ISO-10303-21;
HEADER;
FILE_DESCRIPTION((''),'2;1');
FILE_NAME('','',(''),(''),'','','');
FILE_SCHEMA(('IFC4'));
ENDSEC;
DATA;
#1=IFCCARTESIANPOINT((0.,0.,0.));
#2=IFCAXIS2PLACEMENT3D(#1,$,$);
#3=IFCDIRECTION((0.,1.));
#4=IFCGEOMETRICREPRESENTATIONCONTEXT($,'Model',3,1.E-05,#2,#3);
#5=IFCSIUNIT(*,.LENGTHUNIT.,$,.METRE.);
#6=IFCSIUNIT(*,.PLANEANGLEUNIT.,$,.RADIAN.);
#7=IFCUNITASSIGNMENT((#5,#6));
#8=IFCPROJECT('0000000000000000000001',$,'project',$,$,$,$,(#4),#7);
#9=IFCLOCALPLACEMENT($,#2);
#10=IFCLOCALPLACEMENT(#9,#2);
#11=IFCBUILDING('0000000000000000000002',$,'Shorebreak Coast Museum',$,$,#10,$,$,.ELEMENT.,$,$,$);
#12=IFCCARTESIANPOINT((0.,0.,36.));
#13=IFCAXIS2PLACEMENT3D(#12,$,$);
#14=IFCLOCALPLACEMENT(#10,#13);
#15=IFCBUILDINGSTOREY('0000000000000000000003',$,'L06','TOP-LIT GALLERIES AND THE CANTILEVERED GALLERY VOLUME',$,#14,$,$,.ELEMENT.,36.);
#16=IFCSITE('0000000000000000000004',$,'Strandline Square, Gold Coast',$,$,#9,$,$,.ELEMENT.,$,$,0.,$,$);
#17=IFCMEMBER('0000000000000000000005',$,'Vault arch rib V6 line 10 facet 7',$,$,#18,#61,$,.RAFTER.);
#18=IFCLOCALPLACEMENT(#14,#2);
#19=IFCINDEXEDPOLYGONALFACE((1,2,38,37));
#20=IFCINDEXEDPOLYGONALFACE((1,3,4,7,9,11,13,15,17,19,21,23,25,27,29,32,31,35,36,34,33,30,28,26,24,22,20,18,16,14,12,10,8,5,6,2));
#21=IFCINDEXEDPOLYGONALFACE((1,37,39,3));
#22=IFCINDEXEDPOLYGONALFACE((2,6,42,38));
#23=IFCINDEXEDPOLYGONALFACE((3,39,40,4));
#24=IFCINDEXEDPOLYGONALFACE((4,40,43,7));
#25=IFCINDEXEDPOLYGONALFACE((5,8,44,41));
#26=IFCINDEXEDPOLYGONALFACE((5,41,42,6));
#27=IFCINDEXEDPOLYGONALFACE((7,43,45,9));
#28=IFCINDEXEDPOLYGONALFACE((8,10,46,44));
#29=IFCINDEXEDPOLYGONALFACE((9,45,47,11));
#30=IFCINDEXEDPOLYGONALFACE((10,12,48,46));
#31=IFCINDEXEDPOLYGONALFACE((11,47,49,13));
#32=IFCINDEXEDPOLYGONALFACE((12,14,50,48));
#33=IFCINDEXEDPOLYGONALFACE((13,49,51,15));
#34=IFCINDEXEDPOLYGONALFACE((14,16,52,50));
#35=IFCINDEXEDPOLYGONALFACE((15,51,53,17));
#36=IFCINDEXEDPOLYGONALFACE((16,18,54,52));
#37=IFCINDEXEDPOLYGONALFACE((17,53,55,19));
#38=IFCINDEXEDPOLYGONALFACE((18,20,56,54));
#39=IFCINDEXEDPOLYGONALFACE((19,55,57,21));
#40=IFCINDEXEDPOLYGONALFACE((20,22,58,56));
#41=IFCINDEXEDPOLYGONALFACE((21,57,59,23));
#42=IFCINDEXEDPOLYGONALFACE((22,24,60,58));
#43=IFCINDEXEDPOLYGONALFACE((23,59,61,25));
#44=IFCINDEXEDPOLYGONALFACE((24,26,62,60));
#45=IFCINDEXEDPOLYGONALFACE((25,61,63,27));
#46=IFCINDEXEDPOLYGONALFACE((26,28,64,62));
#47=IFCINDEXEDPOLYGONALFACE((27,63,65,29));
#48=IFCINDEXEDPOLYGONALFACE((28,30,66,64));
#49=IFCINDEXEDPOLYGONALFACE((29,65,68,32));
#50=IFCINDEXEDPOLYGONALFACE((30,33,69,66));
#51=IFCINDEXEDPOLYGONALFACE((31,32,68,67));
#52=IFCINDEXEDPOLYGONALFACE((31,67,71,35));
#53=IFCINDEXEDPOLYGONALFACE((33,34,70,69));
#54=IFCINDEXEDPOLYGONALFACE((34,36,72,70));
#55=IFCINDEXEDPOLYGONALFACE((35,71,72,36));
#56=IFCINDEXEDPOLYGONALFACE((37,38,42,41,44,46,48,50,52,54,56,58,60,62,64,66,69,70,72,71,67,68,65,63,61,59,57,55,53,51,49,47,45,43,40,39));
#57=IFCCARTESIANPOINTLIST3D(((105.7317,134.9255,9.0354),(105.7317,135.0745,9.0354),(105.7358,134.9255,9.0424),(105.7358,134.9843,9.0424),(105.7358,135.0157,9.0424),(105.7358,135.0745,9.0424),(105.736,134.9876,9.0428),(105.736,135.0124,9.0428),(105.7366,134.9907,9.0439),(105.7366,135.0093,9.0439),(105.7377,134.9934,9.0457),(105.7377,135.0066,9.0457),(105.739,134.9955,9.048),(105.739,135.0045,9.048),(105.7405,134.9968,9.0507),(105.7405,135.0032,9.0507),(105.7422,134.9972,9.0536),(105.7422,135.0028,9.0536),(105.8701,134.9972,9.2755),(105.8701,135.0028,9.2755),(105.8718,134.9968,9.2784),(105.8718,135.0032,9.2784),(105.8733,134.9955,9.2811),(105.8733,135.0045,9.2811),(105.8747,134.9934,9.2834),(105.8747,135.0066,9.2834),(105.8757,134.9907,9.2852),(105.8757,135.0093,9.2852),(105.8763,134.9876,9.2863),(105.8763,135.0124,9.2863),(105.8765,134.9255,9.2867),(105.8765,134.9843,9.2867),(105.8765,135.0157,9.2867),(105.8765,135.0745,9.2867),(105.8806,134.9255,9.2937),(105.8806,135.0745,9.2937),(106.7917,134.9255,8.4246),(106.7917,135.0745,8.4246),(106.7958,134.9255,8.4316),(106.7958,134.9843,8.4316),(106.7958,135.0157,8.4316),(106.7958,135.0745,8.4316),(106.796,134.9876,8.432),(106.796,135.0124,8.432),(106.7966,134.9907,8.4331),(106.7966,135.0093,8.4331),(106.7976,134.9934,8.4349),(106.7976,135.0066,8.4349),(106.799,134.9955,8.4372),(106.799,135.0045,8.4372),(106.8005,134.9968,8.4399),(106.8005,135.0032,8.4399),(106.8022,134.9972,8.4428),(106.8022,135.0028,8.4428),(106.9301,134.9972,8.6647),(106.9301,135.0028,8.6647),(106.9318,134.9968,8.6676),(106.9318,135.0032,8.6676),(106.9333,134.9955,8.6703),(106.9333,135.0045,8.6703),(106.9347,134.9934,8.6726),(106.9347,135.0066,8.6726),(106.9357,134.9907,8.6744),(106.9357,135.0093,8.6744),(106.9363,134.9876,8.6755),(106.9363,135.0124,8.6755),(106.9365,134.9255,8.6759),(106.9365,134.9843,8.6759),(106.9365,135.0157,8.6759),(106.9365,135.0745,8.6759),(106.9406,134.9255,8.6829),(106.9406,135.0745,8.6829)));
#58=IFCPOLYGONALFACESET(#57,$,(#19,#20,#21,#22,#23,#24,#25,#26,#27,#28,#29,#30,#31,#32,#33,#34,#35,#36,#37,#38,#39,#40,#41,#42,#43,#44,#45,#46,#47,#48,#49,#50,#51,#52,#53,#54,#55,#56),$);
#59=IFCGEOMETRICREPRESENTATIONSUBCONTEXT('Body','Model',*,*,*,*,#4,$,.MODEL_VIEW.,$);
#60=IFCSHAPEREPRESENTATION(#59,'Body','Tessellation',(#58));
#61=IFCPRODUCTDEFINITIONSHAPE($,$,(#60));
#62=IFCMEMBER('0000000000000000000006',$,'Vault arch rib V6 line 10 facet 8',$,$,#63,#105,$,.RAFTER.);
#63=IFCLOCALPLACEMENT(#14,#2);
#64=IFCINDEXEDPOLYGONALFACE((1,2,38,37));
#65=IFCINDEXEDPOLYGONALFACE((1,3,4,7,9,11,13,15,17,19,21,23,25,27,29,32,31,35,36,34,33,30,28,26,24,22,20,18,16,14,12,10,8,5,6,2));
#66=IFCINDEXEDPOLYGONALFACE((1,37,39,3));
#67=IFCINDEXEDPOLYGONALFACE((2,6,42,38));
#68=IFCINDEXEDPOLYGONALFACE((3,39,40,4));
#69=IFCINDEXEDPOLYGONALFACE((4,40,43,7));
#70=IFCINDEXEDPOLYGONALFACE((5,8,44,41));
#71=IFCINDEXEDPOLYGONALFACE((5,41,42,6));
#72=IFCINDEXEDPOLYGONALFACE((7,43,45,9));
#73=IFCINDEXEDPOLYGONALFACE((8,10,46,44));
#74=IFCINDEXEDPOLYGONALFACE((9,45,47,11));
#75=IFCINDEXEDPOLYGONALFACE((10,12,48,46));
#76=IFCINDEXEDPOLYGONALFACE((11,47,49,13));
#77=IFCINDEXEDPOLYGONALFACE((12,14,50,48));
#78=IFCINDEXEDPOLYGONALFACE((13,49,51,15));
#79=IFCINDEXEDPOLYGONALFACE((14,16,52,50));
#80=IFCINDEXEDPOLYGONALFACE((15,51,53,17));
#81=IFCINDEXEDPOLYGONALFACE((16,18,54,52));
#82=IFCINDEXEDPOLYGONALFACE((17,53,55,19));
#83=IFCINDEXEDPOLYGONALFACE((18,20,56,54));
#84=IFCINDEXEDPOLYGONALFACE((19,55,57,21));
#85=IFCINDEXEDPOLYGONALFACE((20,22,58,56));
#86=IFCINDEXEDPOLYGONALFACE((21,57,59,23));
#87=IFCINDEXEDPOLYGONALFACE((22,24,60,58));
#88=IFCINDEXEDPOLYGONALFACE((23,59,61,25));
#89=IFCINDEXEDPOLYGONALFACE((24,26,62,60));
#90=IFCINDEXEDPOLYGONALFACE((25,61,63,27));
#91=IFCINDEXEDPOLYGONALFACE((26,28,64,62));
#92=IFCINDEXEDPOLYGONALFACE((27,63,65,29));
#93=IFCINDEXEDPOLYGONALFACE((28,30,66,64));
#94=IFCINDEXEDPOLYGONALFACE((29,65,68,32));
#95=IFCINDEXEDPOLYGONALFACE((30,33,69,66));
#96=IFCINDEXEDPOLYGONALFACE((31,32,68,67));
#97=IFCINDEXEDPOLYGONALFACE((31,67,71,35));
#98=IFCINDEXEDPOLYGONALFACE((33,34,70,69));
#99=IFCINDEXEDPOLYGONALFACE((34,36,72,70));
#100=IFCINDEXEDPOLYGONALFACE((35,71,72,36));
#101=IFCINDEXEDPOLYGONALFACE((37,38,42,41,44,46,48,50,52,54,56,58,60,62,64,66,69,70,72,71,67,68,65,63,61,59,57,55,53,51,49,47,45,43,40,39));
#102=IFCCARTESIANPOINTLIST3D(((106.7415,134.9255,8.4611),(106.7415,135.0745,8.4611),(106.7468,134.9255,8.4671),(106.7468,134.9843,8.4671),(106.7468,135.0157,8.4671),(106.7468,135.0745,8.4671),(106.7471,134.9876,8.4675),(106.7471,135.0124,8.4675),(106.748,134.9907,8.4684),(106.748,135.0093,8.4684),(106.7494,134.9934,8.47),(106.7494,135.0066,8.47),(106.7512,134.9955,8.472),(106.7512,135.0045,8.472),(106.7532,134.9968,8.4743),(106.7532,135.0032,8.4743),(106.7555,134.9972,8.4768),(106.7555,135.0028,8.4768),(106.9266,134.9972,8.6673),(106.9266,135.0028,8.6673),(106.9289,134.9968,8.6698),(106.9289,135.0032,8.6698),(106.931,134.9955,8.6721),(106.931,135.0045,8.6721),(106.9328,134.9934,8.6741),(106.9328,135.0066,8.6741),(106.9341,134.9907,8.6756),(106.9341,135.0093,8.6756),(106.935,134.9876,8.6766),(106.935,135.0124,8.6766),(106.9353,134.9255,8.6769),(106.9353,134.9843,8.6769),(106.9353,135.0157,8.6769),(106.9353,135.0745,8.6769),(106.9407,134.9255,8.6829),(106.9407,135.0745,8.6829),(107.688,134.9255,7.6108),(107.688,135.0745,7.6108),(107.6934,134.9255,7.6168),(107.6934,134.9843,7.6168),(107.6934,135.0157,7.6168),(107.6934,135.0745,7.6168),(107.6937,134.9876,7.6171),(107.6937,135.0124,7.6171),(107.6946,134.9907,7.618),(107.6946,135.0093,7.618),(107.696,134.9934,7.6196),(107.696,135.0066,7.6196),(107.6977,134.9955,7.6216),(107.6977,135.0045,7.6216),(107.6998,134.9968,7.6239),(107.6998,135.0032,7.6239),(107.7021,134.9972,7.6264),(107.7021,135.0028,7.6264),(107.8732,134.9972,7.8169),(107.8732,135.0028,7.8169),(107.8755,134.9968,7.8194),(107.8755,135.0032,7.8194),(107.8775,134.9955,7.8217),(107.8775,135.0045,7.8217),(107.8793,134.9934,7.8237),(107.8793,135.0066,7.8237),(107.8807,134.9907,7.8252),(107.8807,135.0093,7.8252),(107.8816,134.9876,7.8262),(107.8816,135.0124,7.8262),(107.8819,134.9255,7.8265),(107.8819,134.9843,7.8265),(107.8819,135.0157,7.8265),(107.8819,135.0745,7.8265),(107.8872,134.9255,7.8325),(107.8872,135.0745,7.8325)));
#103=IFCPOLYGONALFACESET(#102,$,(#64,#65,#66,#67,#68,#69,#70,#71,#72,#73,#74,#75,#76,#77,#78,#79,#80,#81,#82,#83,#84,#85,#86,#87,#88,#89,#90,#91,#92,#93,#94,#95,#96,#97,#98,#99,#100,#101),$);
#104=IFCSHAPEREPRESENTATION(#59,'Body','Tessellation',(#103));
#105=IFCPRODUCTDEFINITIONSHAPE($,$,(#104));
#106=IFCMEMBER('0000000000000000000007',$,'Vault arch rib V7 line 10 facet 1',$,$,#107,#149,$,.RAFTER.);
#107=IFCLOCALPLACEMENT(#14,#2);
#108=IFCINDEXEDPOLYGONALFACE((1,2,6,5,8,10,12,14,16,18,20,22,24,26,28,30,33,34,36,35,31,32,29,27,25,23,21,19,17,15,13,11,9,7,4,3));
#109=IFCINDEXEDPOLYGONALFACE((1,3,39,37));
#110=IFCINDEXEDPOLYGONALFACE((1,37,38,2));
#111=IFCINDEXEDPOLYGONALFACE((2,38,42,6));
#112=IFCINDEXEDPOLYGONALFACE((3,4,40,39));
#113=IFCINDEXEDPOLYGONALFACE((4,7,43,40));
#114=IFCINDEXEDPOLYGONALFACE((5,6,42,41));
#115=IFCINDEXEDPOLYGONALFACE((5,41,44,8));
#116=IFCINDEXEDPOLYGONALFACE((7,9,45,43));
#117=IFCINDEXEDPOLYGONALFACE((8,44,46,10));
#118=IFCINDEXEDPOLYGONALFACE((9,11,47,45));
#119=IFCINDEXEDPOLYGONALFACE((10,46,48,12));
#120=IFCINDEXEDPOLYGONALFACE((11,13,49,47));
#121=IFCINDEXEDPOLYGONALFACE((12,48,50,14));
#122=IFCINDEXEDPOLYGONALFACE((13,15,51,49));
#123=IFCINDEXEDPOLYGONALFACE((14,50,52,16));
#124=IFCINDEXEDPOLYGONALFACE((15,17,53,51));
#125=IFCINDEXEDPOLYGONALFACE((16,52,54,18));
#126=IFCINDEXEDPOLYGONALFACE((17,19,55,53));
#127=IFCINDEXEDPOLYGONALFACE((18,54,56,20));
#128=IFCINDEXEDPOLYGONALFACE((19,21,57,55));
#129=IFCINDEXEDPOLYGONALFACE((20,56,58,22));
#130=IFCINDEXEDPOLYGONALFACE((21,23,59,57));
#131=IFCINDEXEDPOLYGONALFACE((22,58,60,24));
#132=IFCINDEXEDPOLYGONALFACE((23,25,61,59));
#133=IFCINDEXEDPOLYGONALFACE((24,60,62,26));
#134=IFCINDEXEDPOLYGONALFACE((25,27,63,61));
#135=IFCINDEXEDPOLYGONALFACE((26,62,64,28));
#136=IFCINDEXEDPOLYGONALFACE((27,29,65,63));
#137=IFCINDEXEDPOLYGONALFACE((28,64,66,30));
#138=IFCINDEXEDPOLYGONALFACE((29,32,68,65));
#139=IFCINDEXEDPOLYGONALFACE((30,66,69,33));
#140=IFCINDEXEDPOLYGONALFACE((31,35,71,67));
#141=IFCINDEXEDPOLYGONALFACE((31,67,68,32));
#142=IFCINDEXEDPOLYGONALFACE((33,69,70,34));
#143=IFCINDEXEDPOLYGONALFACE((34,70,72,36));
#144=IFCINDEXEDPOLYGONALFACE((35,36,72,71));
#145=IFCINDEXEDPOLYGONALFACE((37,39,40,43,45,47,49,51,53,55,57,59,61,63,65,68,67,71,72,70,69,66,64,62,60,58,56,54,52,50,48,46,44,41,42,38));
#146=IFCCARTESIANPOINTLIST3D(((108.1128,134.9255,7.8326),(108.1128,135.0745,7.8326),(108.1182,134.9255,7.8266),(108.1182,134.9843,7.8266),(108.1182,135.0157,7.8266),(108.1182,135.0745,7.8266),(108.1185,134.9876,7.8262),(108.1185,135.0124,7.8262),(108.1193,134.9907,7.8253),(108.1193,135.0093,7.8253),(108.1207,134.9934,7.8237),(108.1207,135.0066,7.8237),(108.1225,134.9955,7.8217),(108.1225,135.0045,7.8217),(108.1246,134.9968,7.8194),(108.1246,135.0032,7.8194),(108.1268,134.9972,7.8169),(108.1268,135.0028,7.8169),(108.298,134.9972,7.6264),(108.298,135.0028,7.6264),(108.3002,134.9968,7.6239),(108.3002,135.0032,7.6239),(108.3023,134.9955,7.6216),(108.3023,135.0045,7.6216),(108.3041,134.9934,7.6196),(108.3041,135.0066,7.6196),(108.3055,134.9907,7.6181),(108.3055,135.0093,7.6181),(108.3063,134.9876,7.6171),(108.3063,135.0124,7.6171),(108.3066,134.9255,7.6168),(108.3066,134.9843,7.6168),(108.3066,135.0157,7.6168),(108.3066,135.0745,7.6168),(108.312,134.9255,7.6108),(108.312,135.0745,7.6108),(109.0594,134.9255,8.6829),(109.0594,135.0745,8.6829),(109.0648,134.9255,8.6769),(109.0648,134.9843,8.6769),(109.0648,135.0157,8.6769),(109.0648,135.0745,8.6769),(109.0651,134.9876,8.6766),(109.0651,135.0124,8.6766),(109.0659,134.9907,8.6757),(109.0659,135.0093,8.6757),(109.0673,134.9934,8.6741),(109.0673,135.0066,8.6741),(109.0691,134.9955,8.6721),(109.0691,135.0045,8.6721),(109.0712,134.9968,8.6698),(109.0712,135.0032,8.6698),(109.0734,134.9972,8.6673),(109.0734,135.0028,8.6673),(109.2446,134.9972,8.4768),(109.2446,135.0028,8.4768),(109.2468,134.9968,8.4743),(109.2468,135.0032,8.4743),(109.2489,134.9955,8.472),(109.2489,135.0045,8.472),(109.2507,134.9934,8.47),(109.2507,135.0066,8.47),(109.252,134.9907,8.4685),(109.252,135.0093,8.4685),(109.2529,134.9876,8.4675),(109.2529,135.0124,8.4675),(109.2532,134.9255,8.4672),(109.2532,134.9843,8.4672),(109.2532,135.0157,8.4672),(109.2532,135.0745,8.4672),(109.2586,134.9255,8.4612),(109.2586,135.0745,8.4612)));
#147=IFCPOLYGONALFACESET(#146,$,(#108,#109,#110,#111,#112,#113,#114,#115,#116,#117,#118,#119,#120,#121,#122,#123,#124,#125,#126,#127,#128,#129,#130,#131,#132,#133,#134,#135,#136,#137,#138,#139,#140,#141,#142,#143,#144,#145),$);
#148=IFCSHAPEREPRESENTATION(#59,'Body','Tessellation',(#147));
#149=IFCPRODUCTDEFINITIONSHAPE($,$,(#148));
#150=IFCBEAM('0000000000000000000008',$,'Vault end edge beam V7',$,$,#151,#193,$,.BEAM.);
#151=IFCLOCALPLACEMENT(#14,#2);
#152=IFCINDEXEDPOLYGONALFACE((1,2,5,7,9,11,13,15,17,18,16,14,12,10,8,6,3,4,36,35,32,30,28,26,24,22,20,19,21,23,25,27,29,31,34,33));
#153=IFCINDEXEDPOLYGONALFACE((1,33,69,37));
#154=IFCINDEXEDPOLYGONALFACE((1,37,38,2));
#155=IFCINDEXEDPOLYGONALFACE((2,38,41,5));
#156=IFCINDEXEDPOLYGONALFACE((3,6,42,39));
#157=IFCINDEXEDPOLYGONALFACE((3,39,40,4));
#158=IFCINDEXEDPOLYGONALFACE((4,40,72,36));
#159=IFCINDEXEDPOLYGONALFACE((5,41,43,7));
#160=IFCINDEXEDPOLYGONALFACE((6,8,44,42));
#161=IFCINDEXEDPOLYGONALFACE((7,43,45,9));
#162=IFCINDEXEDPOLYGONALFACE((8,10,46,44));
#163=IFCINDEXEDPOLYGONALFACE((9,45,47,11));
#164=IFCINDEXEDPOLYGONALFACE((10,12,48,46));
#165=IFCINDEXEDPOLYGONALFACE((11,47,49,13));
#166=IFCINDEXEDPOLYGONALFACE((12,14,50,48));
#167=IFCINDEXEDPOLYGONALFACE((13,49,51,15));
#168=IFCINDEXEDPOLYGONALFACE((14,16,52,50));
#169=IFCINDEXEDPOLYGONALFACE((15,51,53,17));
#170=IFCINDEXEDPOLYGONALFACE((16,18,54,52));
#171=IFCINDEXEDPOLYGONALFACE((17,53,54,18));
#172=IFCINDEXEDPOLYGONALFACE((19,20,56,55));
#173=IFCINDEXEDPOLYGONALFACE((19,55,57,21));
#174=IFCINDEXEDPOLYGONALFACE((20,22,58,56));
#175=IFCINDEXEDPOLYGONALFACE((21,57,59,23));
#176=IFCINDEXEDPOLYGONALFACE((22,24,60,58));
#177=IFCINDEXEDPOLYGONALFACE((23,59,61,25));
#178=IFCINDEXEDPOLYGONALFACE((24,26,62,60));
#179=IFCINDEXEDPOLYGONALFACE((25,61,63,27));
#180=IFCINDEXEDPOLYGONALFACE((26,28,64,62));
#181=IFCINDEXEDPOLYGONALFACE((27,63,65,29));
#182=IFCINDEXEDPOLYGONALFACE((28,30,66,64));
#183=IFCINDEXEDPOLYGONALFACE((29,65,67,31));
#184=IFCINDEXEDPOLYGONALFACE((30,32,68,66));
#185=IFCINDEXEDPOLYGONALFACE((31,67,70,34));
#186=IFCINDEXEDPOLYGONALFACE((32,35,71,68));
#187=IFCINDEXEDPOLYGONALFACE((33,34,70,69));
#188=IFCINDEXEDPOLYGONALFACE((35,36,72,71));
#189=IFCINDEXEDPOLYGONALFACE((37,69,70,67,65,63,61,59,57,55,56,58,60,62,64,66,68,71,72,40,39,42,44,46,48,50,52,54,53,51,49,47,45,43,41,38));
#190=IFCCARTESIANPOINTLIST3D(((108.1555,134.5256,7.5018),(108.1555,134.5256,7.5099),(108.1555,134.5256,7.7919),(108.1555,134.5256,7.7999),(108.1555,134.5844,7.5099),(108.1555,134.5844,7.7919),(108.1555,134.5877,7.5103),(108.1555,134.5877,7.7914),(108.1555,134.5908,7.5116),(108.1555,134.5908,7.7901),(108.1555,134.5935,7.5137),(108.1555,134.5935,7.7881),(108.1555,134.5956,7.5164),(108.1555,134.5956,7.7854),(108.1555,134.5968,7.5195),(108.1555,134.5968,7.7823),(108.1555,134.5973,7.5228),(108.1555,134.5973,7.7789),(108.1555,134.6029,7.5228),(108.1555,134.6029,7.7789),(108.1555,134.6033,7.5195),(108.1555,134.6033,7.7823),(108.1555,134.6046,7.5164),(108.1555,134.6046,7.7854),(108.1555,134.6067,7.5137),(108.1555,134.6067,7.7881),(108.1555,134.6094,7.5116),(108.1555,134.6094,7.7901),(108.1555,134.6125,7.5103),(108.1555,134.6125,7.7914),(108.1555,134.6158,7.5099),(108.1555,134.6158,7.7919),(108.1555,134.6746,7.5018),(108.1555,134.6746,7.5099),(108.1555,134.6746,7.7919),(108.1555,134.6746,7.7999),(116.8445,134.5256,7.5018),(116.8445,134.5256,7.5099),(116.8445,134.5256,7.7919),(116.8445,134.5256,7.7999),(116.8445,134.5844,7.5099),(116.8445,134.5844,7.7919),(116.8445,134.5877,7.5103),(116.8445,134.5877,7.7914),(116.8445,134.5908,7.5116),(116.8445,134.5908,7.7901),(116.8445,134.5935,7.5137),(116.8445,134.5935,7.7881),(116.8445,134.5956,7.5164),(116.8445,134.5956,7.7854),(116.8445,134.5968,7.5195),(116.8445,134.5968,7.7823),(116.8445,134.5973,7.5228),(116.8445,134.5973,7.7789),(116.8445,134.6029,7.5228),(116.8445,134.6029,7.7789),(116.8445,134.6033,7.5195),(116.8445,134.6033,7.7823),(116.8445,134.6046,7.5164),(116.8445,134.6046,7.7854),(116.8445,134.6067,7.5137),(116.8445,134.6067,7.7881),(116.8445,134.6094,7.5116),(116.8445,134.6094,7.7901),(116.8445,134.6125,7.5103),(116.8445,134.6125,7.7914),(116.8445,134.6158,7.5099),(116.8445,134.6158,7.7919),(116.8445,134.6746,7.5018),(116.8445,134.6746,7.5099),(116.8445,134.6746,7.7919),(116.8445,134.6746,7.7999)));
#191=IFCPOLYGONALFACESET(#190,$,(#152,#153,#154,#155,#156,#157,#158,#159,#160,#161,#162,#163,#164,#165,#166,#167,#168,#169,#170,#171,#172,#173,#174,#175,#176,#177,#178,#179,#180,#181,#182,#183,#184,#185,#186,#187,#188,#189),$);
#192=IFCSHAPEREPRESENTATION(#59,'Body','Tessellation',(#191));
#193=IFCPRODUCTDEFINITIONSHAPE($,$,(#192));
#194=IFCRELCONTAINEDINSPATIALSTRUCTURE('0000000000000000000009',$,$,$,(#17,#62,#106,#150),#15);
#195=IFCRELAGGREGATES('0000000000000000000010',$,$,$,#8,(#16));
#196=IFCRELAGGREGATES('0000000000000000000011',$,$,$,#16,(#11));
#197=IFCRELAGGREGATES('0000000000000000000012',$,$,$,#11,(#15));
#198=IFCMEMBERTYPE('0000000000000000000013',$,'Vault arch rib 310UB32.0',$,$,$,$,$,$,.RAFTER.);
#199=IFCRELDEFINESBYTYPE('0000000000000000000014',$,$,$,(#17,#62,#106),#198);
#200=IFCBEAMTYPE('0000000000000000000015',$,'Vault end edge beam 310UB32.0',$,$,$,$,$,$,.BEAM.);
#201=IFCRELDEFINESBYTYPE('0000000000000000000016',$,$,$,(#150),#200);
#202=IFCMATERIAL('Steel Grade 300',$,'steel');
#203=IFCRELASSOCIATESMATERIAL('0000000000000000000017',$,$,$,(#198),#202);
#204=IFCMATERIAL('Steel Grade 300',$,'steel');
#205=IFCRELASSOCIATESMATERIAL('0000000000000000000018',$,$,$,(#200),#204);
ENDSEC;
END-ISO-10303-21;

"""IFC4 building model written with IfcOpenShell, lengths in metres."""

from ifc_helpers import new_model, si_unit, direction, frame, origin, origin_2d, place, context, subcontext, project, spatial, i_section, extrude, material, material_profile, profile_set, type_object, element, save


model = new_model("IFC4")

# Units and contexts
model_context = context("Model", 3, precision=1e-05, world=origin(), true_north=direction((0.0, 1.0)))
body_context = subcontext(model_context, "Body", "Model", "MODEL_VIEW")
ifc_project = project(units=[si_unit("LENGTHUNIT", "METRE"), si_unit("PLANEANGLEUNIT", "RADIAN")], contexts=[model_context])

# Site, building, storey
site_placement = place(None, origin())
site = spatial("IfcSite", under=ifc_project, at=site_placement, Name="Strandline Square, Gold Coast", CompositionType="ELEMENT", RefElevation=0.0)
building_placement = place(site_placement, origin())
building = spatial("IfcBuilding", under=site, at=building_placement, Name="Shorebreak Coast Museum", CompositionType="ELEMENT")
storey_placement = place(building_placement, frame((0.0, 0.0, 36.0)))
storey = spatial("IfcBuildingStorey", under=building, at=storey_placement, Name="L06", Description="TOP-LIT GALLERIES AND THE CANTILEVERED GALLERY VOLUME", CompositionType="ELEMENT", Elevation=36.0)

# Members
ifc_material_1 = material(Name="Steel Grade 300", Category="steel")
ifc_material_profile_1 = material_profile(ifc_material_1, i_section(OverallWidth=0.1489, OverallDepth=0.2981, WebThickness=0.0056, FlangeThickness=0.0081, FilletRadius=0.0129, at=origin_2d()), Name="310UB32.0")
ifc_profile_set_1 = profile_set([ifc_material_profile_1], Name="Steel Grade 300")
member_type_1 = type_object("IfcMemberType", Name="Vault arch rib 310UB32.0", PredefinedType="RAFTER", material=ifc_profile_set_1)
for number, where, z_axis, x_axis, name in (
    (1, (105.8062, 135.0, 9.1646), (0.866445, 0.0, -0.499273), (0.0, 1.0, 0.0), "Vault arch rib V6 line 10 facet 7"),
):
    element("IfcMember", number, at=place(storey_placement, frame(where, z_axis=z_axis, x_axis=x_axis)), inside=storey, type_object=member_type_1, Name=name, PredefinedType="RAFTER", context=body_context, shape_type="SweptSolid", body=[
        extrude(i_section(OverallWidth=0.1489, OverallDepth=0.2981, WebThickness=0.0056, FlangeThickness=0.0081, FilletRadius=0.0129, at=origin_2d()), origin(), (0.0, 0.0, 1.0), 1.2234),
    ])
for number, where, z_axis, x_axis, name in (
    (2, (106.8411, 135.0, 8.572), (0.743895, 0.0, -0.668297), (0.0, 1.0, 0.0), "Vault arch rib V6 line 10 facet 8"),
    (3, (108.2124, 135.0, 7.7217), (0.743895, 0.0, 0.668297), (0.0, 1.0, 0.0), "Vault arch rib V7 line 10 facet 1"),
):
    element("IfcMember", number, at=place(storey_placement, frame(where, z_axis=z_axis, x_axis=x_axis)), inside=storey, type_object=member_type_1, Name=name, PredefinedType="RAFTER", context=body_context, shape_type="SweptSolid", body=[
        extrude(i_section(OverallWidth=0.1489, OverallDepth=0.2981, WebThickness=0.0056, FlangeThickness=0.0081, FilletRadius=0.0129, at=origin_2d()), origin(), (0.0, 0.0, 1.0), 1.2725),
    ])

# Beam
ifc_material_2 = material(Name="Steel Grade 300", Category="steel")
ifc_material_profile_2 = material_profile(ifc_material_2, i_section(OverallWidth=0.1489, OverallDepth=0.2981, WebThickness=0.0056, FlangeThickness=0.0081, FilletRadius=0.0129, at=origin_2d()), Name="310UB32.0")
ifc_profile_set_2 = profile_set([ifc_material_profile_2], Name="Steel Grade 300")
beam_type = type_object("IfcBeamType", Name="Vault end edge beam 310UB32.0", PredefinedType="BEAM", material=ifc_profile_set_2)
beam_placement = place(storey_placement, frame((108.1555, 134.6001, 7.6509), z_axis=(1.0, 0.0, 0.0), x_axis=(0.0, 1.0, 0.0)))
element("IfcBeam", 4, at=beam_placement, inside=storey, type_object=beam_type, Name="Vault end edge beam V7", PredefinedType="BEAM", context=body_context, shape_type="SweptSolid", body=[
    extrude(i_section(OverallWidth=0.1489, OverallDepth=0.2981, WebThickness=0.0056, FlangeThickness=0.0081, FilletRadius=0.0129, at=origin_2d()), origin(), (0.0, 0.0, 1.0), 8.689),
])

save(model, "model.ifc")
